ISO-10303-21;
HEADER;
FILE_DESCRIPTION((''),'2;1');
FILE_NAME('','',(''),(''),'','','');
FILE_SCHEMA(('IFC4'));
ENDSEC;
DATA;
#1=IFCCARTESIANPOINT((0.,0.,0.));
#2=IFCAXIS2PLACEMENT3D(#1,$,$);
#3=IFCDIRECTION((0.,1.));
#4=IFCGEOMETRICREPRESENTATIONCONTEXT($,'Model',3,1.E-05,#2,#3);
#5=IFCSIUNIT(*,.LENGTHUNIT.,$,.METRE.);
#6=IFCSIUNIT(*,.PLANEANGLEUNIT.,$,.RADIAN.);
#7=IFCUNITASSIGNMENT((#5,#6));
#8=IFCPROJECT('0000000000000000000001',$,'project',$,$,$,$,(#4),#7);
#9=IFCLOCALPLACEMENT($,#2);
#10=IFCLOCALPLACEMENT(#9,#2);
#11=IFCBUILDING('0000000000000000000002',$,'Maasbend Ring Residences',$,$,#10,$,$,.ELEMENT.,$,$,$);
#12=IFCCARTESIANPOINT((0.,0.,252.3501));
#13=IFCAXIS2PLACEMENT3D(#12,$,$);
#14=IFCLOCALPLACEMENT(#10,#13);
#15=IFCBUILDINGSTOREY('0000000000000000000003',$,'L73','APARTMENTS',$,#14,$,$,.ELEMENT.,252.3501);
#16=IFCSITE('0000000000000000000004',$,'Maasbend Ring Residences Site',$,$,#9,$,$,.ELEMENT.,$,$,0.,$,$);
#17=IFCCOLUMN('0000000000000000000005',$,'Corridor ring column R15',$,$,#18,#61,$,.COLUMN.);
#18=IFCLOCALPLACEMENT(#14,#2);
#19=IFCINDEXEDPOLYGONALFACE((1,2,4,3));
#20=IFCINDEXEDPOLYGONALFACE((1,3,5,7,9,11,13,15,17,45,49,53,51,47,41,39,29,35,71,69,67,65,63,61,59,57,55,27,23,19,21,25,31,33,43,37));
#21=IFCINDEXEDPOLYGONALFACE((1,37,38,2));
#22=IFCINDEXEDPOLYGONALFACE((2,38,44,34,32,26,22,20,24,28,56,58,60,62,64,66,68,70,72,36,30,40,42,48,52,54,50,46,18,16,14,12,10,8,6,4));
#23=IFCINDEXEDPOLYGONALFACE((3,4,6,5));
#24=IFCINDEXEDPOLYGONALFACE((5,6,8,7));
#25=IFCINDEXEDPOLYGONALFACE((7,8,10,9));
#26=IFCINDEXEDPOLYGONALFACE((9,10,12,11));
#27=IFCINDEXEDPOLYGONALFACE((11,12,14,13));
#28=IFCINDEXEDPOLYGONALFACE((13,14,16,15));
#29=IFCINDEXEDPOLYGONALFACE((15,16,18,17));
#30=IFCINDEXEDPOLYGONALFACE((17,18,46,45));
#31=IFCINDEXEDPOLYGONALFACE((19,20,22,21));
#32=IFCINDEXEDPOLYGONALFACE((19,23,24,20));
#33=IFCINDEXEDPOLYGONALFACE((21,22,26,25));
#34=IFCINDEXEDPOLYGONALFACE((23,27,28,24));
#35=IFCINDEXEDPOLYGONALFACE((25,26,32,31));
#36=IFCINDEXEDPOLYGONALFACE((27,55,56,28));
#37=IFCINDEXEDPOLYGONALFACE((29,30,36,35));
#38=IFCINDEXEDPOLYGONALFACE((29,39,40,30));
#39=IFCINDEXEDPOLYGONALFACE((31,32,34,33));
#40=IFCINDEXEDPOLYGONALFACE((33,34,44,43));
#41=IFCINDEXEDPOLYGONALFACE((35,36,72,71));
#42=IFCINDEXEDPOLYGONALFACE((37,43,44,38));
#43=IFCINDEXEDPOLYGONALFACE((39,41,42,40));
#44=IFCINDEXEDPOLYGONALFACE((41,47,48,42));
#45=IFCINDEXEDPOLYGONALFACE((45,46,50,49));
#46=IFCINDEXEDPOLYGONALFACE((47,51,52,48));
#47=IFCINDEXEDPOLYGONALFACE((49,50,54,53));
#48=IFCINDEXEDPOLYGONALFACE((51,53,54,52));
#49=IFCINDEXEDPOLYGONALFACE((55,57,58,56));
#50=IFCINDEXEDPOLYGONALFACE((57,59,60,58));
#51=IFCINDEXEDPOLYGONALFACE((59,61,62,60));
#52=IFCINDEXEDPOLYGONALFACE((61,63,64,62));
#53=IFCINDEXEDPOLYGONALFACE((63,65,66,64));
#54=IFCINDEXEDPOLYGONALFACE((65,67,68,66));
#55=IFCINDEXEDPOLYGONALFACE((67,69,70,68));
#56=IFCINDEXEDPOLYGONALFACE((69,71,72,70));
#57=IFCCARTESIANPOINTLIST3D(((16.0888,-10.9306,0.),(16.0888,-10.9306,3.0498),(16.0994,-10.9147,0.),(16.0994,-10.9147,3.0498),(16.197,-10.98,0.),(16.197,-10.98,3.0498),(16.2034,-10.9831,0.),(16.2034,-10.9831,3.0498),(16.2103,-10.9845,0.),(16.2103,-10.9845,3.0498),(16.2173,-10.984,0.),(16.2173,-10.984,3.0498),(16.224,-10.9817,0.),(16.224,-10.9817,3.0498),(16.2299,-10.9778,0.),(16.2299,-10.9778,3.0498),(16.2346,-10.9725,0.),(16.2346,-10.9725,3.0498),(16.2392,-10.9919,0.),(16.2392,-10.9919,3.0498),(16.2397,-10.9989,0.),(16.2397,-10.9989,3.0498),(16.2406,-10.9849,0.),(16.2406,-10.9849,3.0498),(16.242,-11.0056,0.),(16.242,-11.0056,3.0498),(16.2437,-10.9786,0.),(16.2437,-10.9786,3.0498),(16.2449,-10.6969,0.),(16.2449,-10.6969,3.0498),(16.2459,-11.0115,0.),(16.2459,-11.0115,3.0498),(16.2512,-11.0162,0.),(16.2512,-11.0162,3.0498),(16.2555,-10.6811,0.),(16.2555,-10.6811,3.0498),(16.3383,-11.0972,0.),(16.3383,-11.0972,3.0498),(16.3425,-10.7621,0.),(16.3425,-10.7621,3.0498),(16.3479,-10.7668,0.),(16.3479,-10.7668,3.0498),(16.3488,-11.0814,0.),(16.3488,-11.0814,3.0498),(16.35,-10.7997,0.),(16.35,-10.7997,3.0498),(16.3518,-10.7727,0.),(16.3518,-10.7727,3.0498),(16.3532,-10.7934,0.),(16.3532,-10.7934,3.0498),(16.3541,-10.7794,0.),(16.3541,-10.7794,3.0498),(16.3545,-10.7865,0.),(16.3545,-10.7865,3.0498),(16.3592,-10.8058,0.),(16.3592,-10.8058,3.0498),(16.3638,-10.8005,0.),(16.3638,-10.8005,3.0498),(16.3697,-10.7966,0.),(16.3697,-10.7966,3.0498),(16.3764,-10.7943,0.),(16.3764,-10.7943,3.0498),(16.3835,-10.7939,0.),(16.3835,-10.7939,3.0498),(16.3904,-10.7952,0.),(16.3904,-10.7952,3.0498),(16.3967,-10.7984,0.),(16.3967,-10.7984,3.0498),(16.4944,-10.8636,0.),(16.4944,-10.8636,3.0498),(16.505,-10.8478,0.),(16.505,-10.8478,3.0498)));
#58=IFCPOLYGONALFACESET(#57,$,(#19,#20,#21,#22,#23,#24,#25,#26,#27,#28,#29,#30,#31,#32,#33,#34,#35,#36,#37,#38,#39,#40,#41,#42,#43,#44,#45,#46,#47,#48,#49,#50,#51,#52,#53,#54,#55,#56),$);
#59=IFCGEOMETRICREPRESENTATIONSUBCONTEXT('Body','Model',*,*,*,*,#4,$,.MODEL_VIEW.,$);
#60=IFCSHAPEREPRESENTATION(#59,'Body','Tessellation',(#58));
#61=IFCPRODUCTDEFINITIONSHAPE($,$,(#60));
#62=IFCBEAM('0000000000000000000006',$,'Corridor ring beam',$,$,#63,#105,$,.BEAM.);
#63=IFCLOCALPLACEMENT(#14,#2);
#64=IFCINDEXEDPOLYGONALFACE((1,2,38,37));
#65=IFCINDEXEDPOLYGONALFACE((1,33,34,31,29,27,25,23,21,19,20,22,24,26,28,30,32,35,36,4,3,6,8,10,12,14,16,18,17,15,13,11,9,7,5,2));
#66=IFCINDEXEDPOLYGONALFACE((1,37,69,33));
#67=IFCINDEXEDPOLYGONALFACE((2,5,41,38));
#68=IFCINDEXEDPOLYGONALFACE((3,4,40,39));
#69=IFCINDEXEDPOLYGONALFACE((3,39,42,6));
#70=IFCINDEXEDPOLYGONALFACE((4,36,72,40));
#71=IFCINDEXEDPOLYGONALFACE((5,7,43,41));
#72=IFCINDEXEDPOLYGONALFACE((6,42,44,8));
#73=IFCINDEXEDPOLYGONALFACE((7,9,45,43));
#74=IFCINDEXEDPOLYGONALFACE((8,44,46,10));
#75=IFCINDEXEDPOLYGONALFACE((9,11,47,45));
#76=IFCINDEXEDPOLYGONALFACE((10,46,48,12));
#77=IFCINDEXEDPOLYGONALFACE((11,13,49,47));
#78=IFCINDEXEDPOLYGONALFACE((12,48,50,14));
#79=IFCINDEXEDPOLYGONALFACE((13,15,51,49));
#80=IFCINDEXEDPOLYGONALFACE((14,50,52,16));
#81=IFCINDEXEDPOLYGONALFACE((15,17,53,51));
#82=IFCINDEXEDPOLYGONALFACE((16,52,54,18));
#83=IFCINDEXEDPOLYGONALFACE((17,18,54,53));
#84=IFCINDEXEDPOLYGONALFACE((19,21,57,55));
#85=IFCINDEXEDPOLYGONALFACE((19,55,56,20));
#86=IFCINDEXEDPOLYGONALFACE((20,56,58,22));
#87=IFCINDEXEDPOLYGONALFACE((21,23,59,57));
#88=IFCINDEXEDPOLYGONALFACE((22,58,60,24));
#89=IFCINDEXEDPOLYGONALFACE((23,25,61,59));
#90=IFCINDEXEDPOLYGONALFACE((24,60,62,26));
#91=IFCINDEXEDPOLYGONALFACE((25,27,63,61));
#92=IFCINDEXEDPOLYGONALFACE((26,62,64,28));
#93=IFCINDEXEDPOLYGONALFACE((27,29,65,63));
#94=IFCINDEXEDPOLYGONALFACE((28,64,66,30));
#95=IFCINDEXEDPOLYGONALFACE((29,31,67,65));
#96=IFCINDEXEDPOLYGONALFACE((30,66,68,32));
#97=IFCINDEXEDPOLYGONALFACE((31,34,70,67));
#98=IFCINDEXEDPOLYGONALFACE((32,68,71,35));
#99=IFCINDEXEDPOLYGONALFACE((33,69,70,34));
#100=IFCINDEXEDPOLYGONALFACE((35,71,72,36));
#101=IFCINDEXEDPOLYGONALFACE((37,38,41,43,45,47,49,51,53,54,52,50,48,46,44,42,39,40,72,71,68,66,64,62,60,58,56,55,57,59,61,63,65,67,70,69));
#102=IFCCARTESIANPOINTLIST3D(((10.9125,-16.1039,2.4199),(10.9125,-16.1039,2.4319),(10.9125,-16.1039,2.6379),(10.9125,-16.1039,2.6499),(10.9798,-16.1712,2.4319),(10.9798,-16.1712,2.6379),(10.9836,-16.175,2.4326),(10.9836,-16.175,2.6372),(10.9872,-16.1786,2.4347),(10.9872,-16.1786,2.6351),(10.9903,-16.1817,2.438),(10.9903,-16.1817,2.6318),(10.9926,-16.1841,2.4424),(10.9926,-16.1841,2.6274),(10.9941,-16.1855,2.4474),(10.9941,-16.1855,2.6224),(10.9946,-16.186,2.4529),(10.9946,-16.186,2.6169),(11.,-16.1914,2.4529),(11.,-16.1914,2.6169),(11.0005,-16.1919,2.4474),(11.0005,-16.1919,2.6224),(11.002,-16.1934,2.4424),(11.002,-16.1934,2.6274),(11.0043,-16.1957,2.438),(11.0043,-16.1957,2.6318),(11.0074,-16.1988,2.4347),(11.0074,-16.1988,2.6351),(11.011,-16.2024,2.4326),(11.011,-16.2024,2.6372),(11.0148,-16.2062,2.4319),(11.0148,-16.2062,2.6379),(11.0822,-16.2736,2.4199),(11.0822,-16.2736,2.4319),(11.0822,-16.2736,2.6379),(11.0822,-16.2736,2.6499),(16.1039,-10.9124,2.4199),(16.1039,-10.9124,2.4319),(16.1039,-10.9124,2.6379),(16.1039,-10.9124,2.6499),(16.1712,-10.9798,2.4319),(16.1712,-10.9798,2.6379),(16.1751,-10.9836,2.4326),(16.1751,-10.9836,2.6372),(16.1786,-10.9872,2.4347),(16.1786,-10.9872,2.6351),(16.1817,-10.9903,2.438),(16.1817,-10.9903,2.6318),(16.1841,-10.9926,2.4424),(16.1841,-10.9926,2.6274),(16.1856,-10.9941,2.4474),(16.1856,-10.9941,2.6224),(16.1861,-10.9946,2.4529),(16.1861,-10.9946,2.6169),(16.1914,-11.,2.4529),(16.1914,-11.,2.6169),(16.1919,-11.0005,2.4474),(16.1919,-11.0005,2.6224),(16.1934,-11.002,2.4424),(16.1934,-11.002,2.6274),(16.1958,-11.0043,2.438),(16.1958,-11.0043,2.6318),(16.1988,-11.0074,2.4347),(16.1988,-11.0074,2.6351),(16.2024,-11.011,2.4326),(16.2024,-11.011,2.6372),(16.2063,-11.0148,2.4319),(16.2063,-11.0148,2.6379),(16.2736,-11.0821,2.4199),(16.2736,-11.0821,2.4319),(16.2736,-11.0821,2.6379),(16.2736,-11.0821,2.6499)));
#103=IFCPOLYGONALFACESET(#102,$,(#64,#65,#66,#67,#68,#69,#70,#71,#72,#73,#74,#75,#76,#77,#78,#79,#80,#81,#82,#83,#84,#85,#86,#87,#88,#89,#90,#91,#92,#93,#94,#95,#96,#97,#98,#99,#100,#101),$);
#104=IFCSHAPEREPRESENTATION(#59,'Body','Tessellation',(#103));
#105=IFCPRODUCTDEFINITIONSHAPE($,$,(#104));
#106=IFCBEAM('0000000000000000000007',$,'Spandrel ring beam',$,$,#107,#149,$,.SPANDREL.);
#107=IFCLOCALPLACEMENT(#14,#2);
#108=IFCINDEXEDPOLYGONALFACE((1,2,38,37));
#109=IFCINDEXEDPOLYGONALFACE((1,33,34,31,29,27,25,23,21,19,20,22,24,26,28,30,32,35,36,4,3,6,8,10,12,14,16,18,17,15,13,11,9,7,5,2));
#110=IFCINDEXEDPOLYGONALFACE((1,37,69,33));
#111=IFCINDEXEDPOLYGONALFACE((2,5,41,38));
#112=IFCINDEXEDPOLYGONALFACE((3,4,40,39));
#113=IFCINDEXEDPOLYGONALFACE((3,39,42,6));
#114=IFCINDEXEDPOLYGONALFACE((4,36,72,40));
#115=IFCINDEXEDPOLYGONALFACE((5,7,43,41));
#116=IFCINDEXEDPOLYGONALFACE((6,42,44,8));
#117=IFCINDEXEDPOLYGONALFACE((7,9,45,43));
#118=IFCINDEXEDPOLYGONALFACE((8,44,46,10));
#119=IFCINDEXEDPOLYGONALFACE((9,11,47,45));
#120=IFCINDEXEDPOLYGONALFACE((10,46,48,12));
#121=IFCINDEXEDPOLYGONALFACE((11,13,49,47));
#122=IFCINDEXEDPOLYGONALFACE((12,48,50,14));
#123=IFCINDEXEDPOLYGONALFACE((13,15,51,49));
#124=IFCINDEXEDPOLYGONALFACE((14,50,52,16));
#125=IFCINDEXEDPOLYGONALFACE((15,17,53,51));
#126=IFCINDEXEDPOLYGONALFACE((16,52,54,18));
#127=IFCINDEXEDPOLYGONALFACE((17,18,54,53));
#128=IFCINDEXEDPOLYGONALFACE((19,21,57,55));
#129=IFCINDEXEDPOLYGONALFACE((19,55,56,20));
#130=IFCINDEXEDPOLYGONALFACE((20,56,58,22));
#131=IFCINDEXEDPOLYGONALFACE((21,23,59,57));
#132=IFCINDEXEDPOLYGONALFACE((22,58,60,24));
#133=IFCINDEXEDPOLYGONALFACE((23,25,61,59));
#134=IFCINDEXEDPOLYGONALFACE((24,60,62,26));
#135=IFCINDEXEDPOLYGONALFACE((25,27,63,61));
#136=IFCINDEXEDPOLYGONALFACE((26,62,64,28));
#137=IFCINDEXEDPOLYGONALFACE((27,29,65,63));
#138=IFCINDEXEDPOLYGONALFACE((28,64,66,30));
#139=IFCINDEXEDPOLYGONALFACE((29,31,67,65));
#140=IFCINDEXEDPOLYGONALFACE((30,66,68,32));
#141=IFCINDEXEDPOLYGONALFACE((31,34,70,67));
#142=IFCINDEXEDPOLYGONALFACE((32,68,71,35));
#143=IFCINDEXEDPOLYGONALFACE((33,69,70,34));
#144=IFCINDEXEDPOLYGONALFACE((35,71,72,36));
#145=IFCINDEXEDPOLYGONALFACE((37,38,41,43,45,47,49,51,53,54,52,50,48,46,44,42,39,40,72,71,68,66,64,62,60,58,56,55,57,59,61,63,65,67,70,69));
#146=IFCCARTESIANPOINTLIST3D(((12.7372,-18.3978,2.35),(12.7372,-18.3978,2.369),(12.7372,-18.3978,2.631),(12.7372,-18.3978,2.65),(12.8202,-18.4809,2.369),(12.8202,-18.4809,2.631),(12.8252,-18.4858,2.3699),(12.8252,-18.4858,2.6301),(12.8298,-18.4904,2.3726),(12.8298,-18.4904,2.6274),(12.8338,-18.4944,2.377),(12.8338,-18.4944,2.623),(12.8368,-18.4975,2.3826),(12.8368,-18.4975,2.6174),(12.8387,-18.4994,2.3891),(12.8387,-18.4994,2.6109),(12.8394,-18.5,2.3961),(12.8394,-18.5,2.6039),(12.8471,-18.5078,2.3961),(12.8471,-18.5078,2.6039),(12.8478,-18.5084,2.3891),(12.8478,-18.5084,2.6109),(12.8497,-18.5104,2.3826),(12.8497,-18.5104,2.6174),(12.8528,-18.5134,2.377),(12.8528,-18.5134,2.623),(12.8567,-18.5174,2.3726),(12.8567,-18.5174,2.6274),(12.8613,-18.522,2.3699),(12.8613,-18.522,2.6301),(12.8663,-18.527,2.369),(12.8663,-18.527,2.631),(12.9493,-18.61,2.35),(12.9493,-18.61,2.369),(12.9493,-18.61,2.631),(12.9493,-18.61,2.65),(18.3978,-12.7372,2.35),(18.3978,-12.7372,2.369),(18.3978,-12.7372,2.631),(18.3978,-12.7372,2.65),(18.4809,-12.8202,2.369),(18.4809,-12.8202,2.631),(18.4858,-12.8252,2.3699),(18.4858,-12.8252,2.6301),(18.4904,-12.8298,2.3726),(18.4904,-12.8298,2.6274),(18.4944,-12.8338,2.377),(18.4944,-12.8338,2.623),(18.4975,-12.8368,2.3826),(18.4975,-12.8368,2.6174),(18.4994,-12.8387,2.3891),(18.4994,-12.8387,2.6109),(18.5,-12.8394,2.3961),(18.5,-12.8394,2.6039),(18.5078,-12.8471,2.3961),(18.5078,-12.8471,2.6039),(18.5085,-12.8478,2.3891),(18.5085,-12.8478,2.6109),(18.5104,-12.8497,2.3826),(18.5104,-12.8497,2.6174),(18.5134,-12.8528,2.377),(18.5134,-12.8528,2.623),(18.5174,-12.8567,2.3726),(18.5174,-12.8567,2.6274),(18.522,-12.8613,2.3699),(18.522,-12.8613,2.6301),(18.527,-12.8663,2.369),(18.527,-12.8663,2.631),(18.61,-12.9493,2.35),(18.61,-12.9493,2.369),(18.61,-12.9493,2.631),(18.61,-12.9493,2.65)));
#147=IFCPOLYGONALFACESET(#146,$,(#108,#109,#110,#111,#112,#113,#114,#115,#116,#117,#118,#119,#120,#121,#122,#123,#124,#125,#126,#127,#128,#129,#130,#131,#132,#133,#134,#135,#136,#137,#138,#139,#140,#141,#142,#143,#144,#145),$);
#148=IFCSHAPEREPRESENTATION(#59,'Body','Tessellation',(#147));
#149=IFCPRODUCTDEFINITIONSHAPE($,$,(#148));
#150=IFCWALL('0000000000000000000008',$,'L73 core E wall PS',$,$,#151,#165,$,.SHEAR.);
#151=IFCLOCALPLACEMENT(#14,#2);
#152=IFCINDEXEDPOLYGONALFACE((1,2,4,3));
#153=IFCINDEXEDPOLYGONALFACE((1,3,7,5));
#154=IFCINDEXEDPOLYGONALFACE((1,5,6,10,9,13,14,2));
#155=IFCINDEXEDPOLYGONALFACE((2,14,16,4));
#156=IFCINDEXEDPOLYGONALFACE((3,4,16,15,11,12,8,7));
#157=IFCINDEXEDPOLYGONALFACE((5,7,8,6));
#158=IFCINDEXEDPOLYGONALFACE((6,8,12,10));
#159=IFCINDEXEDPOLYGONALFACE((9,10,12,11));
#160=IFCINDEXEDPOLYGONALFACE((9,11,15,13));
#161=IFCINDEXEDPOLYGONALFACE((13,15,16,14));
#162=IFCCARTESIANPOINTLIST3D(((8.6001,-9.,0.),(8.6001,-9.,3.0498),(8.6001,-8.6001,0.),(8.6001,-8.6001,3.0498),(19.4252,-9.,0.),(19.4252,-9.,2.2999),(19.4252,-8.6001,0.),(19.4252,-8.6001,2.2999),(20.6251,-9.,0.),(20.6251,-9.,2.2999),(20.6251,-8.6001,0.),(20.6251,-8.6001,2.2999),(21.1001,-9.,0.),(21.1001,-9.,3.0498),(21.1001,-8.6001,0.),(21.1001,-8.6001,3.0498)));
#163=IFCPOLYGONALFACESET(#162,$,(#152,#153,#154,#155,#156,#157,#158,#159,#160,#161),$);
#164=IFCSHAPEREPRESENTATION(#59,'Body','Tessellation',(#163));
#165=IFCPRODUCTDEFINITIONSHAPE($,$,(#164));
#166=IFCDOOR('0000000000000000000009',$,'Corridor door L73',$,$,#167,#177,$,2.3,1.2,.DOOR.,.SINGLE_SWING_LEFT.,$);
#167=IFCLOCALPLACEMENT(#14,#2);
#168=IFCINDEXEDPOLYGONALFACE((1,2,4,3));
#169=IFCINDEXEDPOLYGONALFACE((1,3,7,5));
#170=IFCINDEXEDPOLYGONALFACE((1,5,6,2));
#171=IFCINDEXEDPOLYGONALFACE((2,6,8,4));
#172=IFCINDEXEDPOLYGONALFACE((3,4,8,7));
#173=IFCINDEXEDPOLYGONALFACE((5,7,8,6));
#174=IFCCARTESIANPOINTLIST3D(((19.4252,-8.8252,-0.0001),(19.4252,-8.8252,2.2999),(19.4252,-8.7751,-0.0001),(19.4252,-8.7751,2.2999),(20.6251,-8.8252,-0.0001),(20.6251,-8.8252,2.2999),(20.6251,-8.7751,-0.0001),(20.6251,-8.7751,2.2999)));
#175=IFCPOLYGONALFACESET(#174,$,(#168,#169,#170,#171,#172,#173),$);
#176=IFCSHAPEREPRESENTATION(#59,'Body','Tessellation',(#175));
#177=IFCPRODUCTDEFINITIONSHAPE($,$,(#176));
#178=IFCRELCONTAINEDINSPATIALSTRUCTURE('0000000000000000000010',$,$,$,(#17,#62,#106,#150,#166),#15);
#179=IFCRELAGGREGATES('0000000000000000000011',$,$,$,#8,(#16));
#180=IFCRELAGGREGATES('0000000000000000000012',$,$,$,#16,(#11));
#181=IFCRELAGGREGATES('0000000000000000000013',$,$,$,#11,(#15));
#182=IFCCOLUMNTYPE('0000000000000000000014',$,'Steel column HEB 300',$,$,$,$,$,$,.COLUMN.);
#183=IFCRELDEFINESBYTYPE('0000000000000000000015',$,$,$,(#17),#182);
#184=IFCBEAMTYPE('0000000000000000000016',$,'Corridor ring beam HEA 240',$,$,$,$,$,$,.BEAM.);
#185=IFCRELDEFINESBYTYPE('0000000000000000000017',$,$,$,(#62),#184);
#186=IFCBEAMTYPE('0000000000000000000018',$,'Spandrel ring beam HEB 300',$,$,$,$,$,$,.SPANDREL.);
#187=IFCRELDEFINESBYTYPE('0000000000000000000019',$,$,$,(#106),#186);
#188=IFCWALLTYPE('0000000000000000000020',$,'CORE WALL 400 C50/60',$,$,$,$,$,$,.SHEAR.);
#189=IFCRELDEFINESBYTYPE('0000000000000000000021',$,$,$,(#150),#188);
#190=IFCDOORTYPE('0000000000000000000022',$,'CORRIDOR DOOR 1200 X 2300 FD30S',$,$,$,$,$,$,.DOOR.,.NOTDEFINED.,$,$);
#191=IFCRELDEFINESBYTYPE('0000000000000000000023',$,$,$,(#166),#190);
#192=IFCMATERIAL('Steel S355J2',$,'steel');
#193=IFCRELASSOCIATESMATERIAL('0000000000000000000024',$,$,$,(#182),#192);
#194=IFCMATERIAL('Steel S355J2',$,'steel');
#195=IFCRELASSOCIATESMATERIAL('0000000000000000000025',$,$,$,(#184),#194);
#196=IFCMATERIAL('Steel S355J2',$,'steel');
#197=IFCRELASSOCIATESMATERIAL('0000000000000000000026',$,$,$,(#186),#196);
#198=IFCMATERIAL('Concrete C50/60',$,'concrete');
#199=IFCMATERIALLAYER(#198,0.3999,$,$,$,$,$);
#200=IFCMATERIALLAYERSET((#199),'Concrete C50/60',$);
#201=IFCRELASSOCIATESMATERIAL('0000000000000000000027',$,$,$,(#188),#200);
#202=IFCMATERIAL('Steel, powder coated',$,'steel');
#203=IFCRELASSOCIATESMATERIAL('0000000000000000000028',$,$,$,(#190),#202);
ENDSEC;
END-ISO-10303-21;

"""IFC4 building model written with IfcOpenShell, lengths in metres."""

from ifc_helpers import new_model, si_unit, direction, frame, frame_2d, origin, origin_2d, place, context, subcontext, project, spatial, rectangle, i_section, extrude, material, layer, layer_set, material_profile, profile_set, type_object, element, fill, save


model = new_model("IFC4")

# Units and contexts
model_context = context("Model", 3, precision=1e-05, world=origin(), true_north=direction((0.0, 1.0)))
body_context = subcontext(model_context, "Body", "Model", "MODEL_VIEW")
ifc_project = project(units=[si_unit("LENGTHUNIT", "METRE"), si_unit("PLANEANGLEUNIT", "RADIAN")], contexts=[model_context])

# Site, building, storey
site_placement = place(None, origin())
site = spatial("IfcSite", under=ifc_project, at=site_placement, Name="Maasbend Ring Residences Site", CompositionType="ELEMENT", RefElevation=0.0)
building_placement = place(site_placement, origin())
building = spatial("IfcBuilding", under=site, at=building_placement, Name="Maasbend Ring Residences", CompositionType="ELEMENT")
storey_placement = place(building_placement, frame((0.0, 0.0, 252.3501)))
storey = spatial("IfcBuildingStorey", under=building, at=storey_placement, Name="L73", Description="APARTMENTS", CompositionType="ELEMENT", Elevation=252.3501)

# Column
ifc_material_1 = material(Name="Steel S355J2", Category="steel")
ifc_material_profile_1 = material_profile(ifc_material_1, i_section(OverallWidth=0.3, OverallDepth=0.3, WebThickness=0.011, FlangeThickness=0.019, FilletRadius=0.0271, at=origin_2d()), Name="HEB 300")
ifc_profile_set_1 = profile_set([ifc_material_profile_1], Name="Steel S355J2")
column_type_1 = type_object("IfcColumnType", Name="Steel column HEB 300", PredefinedType="COLUMN", material=ifc_profile_set_1)
for number, where, z_axis, x_axis, name in (
    (1, (16.2969, -10.8892, 0.0), (0.0, 0.0, 1.0), (0.83147, -0.55557, 0.0), "Corridor ring column R15"),
):
    element("IfcColumn", number, at=place(storey_placement, frame(where, z_axis=z_axis, x_axis=x_axis)), inside=storey, type_object=column_type_1, Name=name, PredefinedType="COLUMN", context=body_context, shape_type="SweptSolid", body=[
        extrude(i_section(OverallWidth=0.3, OverallDepth=0.3, WebThickness=0.011, FlangeThickness=0.019, FilletRadius=0.0271, at=origin_2d()), origin(), (0.0, 0.0, 1.0), 3.0498),
    ])

# Beams
ifc_material_2 = material(Name="Steel S355J2", Category="steel")
ifc_material_profile_2 = material_profile(ifc_material_2, i_section(OverallWidth=0.24, OverallDepth=0.23, WebThickness=0.0076, FlangeThickness=0.012, FilletRadius=0.021, at=origin_2d()), Name="HEA 240")
ifc_profile_set_2 = profile_set([ifc_material_profile_2], Name="Steel S355J2")
beam_type_1 = type_object("IfcBeamType", Name="Corridor ring beam HEA 240", PredefinedType="BEAM", material=ifc_profile_set_2)
beam_1_placement = place(storey_placement, frame((10.9973, -16.1887, 2.5349), z_axis=(0.707107, 0.707107, 0.0), x_axis=(-0.707107, 0.707107, 0.0)))
element("IfcBeam", 2, at=beam_1_placement, inside=storey, type_object=beam_type_1, Name="Corridor ring beam", PredefinedType="BEAM", context=body_context, shape_type="SweptSolid", body=[
    extrude(i_section(OverallWidth=0.24, OverallDepth=0.23, WebThickness=0.0076, FlangeThickness=0.012, FilletRadius=0.021, at=origin_2d()), origin(), (0.0, 0.0, 1.0), 7.3418),
])
ifc_material_3 = material(Name="Steel S355J2", Category="steel")
ifc_material_profile_3 = material_profile(ifc_material_3, i_section(OverallWidth=0.3, OverallDepth=0.3, WebThickness=0.011, FlangeThickness=0.019, FilletRadius=0.0271, at=origin_2d()), Name="HEB 300")
ifc_profile_set_3 = profile_set([ifc_material_profile_3], Name="Steel S355J2")
beam_type_2 = type_object("IfcBeamType", Name="Spandrel ring beam HEB 300", PredefinedType="SPANDREL", material=ifc_profile_set_3)
beam_2_placement = place(storey_placement, frame((12.8433, -18.5039, 2.5), z_axis=(0.707107, 0.707107, 0.0), x_axis=(-0.707107, 0.707107, 0.0)))
element("IfcBeam", 3, at=beam_2_placement, inside=storey, type_object=beam_type_2, Name="Spandrel ring beam", PredefinedType="SPANDREL", context=body_context, shape_type="SweptSolid", body=[
    extrude(i_section(OverallWidth=0.3, OverallDepth=0.3, WebThickness=0.011, FlangeThickness=0.019, FilletRadius=0.0271, at=origin_2d()), origin(), (0.0, 0.0, 1.0), 8.0054),
])

# Wall, opening, door
ifc_material_4 = material(Name="Concrete C50/60", Category="concrete")
ifc_layer_1 = layer(ifc_material_4, 0.3999)
ifc_layer_set_1 = layer_set([ifc_layer_1], Name="Concrete C50/60")
wall_type_1 = type_object("IfcWallType", Name="CORE WALL 400 C50/60", PredefinedType="SHEAR", material=ifc_layer_set_1)
wall_1_placement = place(storey_placement, frame((8.6001, -8.8, 0.0), z_axis=(0.0, 0.0, 1.0), x_axis=(1.0, 0.0, 0.0)))
wall_1 = element("IfcWall", 4, at=wall_1_placement, inside=storey, type_object=wall_type_1, Name="L73 core E wall PS", PredefinedType="SHEAR", context=body_context, shape_type="SweptSolid", body=[
    extrude(rectangle(XDim=12.5, YDim=0.3999, at=frame_2d((6.25, 0.0))), origin(), (0.0, 0.0, 1.0), 3.0498),
])
opening_1_placement = place(wall_1_placement, frame((10.825, 0.0, 0.0)))
opening_1 = element("IfcOpeningElement", 5, at=opening_1_placement, cuts=wall_1, PredefinedType="OPENING", context=body_context, shape_type="SweptSolid", body=[
    extrude(rectangle(XDim=1.2, YDim=2.3, at=frame_2d((0.6001, 1.1499))), frame((0.0, 0.21, 0.0), z_axis=(0.0, -1.0, 0.0), x_axis=(1.0, 0.0, 0.0)), (0.0, 0.0, 1.0), 0.4199),
])
ifc_material_5 = material(Name="Steel, powder coated", Category="steel")
door_type_1 = type_object("IfcDoorType", Name="CORRIDOR DOOR 1200 X 2300 FD30S", OperationType="NOTDEFINED", PredefinedType="DOOR", material=ifc_material_5)
door_1_placement = place(opening_1_placement, origin())
door_1 = element("IfcDoor", 6, at=door_1_placement, inside=storey, type_object=door_type_1, Name="Corridor door L73", OperationType="SINGLE_SWING_LEFT", OverallHeight=2.3, OverallWidth=1.2, PredefinedType="DOOR", context=body_context, shape_type="SweptSolid", body=[
    extrude(rectangle(XDim=1.2, YDim=2.3, at=frame_2d((0.6001, 1.1499))), frame((0.0, 0.0249, 0.0), z_axis=(0.0, -1.0, 0.0), x_axis=(1.0, 0.0, 0.0)), (0.0, 0.0, 1.0), 0.05),
])
fill(opening_1, door_1)

save(model, "model.ifc")
